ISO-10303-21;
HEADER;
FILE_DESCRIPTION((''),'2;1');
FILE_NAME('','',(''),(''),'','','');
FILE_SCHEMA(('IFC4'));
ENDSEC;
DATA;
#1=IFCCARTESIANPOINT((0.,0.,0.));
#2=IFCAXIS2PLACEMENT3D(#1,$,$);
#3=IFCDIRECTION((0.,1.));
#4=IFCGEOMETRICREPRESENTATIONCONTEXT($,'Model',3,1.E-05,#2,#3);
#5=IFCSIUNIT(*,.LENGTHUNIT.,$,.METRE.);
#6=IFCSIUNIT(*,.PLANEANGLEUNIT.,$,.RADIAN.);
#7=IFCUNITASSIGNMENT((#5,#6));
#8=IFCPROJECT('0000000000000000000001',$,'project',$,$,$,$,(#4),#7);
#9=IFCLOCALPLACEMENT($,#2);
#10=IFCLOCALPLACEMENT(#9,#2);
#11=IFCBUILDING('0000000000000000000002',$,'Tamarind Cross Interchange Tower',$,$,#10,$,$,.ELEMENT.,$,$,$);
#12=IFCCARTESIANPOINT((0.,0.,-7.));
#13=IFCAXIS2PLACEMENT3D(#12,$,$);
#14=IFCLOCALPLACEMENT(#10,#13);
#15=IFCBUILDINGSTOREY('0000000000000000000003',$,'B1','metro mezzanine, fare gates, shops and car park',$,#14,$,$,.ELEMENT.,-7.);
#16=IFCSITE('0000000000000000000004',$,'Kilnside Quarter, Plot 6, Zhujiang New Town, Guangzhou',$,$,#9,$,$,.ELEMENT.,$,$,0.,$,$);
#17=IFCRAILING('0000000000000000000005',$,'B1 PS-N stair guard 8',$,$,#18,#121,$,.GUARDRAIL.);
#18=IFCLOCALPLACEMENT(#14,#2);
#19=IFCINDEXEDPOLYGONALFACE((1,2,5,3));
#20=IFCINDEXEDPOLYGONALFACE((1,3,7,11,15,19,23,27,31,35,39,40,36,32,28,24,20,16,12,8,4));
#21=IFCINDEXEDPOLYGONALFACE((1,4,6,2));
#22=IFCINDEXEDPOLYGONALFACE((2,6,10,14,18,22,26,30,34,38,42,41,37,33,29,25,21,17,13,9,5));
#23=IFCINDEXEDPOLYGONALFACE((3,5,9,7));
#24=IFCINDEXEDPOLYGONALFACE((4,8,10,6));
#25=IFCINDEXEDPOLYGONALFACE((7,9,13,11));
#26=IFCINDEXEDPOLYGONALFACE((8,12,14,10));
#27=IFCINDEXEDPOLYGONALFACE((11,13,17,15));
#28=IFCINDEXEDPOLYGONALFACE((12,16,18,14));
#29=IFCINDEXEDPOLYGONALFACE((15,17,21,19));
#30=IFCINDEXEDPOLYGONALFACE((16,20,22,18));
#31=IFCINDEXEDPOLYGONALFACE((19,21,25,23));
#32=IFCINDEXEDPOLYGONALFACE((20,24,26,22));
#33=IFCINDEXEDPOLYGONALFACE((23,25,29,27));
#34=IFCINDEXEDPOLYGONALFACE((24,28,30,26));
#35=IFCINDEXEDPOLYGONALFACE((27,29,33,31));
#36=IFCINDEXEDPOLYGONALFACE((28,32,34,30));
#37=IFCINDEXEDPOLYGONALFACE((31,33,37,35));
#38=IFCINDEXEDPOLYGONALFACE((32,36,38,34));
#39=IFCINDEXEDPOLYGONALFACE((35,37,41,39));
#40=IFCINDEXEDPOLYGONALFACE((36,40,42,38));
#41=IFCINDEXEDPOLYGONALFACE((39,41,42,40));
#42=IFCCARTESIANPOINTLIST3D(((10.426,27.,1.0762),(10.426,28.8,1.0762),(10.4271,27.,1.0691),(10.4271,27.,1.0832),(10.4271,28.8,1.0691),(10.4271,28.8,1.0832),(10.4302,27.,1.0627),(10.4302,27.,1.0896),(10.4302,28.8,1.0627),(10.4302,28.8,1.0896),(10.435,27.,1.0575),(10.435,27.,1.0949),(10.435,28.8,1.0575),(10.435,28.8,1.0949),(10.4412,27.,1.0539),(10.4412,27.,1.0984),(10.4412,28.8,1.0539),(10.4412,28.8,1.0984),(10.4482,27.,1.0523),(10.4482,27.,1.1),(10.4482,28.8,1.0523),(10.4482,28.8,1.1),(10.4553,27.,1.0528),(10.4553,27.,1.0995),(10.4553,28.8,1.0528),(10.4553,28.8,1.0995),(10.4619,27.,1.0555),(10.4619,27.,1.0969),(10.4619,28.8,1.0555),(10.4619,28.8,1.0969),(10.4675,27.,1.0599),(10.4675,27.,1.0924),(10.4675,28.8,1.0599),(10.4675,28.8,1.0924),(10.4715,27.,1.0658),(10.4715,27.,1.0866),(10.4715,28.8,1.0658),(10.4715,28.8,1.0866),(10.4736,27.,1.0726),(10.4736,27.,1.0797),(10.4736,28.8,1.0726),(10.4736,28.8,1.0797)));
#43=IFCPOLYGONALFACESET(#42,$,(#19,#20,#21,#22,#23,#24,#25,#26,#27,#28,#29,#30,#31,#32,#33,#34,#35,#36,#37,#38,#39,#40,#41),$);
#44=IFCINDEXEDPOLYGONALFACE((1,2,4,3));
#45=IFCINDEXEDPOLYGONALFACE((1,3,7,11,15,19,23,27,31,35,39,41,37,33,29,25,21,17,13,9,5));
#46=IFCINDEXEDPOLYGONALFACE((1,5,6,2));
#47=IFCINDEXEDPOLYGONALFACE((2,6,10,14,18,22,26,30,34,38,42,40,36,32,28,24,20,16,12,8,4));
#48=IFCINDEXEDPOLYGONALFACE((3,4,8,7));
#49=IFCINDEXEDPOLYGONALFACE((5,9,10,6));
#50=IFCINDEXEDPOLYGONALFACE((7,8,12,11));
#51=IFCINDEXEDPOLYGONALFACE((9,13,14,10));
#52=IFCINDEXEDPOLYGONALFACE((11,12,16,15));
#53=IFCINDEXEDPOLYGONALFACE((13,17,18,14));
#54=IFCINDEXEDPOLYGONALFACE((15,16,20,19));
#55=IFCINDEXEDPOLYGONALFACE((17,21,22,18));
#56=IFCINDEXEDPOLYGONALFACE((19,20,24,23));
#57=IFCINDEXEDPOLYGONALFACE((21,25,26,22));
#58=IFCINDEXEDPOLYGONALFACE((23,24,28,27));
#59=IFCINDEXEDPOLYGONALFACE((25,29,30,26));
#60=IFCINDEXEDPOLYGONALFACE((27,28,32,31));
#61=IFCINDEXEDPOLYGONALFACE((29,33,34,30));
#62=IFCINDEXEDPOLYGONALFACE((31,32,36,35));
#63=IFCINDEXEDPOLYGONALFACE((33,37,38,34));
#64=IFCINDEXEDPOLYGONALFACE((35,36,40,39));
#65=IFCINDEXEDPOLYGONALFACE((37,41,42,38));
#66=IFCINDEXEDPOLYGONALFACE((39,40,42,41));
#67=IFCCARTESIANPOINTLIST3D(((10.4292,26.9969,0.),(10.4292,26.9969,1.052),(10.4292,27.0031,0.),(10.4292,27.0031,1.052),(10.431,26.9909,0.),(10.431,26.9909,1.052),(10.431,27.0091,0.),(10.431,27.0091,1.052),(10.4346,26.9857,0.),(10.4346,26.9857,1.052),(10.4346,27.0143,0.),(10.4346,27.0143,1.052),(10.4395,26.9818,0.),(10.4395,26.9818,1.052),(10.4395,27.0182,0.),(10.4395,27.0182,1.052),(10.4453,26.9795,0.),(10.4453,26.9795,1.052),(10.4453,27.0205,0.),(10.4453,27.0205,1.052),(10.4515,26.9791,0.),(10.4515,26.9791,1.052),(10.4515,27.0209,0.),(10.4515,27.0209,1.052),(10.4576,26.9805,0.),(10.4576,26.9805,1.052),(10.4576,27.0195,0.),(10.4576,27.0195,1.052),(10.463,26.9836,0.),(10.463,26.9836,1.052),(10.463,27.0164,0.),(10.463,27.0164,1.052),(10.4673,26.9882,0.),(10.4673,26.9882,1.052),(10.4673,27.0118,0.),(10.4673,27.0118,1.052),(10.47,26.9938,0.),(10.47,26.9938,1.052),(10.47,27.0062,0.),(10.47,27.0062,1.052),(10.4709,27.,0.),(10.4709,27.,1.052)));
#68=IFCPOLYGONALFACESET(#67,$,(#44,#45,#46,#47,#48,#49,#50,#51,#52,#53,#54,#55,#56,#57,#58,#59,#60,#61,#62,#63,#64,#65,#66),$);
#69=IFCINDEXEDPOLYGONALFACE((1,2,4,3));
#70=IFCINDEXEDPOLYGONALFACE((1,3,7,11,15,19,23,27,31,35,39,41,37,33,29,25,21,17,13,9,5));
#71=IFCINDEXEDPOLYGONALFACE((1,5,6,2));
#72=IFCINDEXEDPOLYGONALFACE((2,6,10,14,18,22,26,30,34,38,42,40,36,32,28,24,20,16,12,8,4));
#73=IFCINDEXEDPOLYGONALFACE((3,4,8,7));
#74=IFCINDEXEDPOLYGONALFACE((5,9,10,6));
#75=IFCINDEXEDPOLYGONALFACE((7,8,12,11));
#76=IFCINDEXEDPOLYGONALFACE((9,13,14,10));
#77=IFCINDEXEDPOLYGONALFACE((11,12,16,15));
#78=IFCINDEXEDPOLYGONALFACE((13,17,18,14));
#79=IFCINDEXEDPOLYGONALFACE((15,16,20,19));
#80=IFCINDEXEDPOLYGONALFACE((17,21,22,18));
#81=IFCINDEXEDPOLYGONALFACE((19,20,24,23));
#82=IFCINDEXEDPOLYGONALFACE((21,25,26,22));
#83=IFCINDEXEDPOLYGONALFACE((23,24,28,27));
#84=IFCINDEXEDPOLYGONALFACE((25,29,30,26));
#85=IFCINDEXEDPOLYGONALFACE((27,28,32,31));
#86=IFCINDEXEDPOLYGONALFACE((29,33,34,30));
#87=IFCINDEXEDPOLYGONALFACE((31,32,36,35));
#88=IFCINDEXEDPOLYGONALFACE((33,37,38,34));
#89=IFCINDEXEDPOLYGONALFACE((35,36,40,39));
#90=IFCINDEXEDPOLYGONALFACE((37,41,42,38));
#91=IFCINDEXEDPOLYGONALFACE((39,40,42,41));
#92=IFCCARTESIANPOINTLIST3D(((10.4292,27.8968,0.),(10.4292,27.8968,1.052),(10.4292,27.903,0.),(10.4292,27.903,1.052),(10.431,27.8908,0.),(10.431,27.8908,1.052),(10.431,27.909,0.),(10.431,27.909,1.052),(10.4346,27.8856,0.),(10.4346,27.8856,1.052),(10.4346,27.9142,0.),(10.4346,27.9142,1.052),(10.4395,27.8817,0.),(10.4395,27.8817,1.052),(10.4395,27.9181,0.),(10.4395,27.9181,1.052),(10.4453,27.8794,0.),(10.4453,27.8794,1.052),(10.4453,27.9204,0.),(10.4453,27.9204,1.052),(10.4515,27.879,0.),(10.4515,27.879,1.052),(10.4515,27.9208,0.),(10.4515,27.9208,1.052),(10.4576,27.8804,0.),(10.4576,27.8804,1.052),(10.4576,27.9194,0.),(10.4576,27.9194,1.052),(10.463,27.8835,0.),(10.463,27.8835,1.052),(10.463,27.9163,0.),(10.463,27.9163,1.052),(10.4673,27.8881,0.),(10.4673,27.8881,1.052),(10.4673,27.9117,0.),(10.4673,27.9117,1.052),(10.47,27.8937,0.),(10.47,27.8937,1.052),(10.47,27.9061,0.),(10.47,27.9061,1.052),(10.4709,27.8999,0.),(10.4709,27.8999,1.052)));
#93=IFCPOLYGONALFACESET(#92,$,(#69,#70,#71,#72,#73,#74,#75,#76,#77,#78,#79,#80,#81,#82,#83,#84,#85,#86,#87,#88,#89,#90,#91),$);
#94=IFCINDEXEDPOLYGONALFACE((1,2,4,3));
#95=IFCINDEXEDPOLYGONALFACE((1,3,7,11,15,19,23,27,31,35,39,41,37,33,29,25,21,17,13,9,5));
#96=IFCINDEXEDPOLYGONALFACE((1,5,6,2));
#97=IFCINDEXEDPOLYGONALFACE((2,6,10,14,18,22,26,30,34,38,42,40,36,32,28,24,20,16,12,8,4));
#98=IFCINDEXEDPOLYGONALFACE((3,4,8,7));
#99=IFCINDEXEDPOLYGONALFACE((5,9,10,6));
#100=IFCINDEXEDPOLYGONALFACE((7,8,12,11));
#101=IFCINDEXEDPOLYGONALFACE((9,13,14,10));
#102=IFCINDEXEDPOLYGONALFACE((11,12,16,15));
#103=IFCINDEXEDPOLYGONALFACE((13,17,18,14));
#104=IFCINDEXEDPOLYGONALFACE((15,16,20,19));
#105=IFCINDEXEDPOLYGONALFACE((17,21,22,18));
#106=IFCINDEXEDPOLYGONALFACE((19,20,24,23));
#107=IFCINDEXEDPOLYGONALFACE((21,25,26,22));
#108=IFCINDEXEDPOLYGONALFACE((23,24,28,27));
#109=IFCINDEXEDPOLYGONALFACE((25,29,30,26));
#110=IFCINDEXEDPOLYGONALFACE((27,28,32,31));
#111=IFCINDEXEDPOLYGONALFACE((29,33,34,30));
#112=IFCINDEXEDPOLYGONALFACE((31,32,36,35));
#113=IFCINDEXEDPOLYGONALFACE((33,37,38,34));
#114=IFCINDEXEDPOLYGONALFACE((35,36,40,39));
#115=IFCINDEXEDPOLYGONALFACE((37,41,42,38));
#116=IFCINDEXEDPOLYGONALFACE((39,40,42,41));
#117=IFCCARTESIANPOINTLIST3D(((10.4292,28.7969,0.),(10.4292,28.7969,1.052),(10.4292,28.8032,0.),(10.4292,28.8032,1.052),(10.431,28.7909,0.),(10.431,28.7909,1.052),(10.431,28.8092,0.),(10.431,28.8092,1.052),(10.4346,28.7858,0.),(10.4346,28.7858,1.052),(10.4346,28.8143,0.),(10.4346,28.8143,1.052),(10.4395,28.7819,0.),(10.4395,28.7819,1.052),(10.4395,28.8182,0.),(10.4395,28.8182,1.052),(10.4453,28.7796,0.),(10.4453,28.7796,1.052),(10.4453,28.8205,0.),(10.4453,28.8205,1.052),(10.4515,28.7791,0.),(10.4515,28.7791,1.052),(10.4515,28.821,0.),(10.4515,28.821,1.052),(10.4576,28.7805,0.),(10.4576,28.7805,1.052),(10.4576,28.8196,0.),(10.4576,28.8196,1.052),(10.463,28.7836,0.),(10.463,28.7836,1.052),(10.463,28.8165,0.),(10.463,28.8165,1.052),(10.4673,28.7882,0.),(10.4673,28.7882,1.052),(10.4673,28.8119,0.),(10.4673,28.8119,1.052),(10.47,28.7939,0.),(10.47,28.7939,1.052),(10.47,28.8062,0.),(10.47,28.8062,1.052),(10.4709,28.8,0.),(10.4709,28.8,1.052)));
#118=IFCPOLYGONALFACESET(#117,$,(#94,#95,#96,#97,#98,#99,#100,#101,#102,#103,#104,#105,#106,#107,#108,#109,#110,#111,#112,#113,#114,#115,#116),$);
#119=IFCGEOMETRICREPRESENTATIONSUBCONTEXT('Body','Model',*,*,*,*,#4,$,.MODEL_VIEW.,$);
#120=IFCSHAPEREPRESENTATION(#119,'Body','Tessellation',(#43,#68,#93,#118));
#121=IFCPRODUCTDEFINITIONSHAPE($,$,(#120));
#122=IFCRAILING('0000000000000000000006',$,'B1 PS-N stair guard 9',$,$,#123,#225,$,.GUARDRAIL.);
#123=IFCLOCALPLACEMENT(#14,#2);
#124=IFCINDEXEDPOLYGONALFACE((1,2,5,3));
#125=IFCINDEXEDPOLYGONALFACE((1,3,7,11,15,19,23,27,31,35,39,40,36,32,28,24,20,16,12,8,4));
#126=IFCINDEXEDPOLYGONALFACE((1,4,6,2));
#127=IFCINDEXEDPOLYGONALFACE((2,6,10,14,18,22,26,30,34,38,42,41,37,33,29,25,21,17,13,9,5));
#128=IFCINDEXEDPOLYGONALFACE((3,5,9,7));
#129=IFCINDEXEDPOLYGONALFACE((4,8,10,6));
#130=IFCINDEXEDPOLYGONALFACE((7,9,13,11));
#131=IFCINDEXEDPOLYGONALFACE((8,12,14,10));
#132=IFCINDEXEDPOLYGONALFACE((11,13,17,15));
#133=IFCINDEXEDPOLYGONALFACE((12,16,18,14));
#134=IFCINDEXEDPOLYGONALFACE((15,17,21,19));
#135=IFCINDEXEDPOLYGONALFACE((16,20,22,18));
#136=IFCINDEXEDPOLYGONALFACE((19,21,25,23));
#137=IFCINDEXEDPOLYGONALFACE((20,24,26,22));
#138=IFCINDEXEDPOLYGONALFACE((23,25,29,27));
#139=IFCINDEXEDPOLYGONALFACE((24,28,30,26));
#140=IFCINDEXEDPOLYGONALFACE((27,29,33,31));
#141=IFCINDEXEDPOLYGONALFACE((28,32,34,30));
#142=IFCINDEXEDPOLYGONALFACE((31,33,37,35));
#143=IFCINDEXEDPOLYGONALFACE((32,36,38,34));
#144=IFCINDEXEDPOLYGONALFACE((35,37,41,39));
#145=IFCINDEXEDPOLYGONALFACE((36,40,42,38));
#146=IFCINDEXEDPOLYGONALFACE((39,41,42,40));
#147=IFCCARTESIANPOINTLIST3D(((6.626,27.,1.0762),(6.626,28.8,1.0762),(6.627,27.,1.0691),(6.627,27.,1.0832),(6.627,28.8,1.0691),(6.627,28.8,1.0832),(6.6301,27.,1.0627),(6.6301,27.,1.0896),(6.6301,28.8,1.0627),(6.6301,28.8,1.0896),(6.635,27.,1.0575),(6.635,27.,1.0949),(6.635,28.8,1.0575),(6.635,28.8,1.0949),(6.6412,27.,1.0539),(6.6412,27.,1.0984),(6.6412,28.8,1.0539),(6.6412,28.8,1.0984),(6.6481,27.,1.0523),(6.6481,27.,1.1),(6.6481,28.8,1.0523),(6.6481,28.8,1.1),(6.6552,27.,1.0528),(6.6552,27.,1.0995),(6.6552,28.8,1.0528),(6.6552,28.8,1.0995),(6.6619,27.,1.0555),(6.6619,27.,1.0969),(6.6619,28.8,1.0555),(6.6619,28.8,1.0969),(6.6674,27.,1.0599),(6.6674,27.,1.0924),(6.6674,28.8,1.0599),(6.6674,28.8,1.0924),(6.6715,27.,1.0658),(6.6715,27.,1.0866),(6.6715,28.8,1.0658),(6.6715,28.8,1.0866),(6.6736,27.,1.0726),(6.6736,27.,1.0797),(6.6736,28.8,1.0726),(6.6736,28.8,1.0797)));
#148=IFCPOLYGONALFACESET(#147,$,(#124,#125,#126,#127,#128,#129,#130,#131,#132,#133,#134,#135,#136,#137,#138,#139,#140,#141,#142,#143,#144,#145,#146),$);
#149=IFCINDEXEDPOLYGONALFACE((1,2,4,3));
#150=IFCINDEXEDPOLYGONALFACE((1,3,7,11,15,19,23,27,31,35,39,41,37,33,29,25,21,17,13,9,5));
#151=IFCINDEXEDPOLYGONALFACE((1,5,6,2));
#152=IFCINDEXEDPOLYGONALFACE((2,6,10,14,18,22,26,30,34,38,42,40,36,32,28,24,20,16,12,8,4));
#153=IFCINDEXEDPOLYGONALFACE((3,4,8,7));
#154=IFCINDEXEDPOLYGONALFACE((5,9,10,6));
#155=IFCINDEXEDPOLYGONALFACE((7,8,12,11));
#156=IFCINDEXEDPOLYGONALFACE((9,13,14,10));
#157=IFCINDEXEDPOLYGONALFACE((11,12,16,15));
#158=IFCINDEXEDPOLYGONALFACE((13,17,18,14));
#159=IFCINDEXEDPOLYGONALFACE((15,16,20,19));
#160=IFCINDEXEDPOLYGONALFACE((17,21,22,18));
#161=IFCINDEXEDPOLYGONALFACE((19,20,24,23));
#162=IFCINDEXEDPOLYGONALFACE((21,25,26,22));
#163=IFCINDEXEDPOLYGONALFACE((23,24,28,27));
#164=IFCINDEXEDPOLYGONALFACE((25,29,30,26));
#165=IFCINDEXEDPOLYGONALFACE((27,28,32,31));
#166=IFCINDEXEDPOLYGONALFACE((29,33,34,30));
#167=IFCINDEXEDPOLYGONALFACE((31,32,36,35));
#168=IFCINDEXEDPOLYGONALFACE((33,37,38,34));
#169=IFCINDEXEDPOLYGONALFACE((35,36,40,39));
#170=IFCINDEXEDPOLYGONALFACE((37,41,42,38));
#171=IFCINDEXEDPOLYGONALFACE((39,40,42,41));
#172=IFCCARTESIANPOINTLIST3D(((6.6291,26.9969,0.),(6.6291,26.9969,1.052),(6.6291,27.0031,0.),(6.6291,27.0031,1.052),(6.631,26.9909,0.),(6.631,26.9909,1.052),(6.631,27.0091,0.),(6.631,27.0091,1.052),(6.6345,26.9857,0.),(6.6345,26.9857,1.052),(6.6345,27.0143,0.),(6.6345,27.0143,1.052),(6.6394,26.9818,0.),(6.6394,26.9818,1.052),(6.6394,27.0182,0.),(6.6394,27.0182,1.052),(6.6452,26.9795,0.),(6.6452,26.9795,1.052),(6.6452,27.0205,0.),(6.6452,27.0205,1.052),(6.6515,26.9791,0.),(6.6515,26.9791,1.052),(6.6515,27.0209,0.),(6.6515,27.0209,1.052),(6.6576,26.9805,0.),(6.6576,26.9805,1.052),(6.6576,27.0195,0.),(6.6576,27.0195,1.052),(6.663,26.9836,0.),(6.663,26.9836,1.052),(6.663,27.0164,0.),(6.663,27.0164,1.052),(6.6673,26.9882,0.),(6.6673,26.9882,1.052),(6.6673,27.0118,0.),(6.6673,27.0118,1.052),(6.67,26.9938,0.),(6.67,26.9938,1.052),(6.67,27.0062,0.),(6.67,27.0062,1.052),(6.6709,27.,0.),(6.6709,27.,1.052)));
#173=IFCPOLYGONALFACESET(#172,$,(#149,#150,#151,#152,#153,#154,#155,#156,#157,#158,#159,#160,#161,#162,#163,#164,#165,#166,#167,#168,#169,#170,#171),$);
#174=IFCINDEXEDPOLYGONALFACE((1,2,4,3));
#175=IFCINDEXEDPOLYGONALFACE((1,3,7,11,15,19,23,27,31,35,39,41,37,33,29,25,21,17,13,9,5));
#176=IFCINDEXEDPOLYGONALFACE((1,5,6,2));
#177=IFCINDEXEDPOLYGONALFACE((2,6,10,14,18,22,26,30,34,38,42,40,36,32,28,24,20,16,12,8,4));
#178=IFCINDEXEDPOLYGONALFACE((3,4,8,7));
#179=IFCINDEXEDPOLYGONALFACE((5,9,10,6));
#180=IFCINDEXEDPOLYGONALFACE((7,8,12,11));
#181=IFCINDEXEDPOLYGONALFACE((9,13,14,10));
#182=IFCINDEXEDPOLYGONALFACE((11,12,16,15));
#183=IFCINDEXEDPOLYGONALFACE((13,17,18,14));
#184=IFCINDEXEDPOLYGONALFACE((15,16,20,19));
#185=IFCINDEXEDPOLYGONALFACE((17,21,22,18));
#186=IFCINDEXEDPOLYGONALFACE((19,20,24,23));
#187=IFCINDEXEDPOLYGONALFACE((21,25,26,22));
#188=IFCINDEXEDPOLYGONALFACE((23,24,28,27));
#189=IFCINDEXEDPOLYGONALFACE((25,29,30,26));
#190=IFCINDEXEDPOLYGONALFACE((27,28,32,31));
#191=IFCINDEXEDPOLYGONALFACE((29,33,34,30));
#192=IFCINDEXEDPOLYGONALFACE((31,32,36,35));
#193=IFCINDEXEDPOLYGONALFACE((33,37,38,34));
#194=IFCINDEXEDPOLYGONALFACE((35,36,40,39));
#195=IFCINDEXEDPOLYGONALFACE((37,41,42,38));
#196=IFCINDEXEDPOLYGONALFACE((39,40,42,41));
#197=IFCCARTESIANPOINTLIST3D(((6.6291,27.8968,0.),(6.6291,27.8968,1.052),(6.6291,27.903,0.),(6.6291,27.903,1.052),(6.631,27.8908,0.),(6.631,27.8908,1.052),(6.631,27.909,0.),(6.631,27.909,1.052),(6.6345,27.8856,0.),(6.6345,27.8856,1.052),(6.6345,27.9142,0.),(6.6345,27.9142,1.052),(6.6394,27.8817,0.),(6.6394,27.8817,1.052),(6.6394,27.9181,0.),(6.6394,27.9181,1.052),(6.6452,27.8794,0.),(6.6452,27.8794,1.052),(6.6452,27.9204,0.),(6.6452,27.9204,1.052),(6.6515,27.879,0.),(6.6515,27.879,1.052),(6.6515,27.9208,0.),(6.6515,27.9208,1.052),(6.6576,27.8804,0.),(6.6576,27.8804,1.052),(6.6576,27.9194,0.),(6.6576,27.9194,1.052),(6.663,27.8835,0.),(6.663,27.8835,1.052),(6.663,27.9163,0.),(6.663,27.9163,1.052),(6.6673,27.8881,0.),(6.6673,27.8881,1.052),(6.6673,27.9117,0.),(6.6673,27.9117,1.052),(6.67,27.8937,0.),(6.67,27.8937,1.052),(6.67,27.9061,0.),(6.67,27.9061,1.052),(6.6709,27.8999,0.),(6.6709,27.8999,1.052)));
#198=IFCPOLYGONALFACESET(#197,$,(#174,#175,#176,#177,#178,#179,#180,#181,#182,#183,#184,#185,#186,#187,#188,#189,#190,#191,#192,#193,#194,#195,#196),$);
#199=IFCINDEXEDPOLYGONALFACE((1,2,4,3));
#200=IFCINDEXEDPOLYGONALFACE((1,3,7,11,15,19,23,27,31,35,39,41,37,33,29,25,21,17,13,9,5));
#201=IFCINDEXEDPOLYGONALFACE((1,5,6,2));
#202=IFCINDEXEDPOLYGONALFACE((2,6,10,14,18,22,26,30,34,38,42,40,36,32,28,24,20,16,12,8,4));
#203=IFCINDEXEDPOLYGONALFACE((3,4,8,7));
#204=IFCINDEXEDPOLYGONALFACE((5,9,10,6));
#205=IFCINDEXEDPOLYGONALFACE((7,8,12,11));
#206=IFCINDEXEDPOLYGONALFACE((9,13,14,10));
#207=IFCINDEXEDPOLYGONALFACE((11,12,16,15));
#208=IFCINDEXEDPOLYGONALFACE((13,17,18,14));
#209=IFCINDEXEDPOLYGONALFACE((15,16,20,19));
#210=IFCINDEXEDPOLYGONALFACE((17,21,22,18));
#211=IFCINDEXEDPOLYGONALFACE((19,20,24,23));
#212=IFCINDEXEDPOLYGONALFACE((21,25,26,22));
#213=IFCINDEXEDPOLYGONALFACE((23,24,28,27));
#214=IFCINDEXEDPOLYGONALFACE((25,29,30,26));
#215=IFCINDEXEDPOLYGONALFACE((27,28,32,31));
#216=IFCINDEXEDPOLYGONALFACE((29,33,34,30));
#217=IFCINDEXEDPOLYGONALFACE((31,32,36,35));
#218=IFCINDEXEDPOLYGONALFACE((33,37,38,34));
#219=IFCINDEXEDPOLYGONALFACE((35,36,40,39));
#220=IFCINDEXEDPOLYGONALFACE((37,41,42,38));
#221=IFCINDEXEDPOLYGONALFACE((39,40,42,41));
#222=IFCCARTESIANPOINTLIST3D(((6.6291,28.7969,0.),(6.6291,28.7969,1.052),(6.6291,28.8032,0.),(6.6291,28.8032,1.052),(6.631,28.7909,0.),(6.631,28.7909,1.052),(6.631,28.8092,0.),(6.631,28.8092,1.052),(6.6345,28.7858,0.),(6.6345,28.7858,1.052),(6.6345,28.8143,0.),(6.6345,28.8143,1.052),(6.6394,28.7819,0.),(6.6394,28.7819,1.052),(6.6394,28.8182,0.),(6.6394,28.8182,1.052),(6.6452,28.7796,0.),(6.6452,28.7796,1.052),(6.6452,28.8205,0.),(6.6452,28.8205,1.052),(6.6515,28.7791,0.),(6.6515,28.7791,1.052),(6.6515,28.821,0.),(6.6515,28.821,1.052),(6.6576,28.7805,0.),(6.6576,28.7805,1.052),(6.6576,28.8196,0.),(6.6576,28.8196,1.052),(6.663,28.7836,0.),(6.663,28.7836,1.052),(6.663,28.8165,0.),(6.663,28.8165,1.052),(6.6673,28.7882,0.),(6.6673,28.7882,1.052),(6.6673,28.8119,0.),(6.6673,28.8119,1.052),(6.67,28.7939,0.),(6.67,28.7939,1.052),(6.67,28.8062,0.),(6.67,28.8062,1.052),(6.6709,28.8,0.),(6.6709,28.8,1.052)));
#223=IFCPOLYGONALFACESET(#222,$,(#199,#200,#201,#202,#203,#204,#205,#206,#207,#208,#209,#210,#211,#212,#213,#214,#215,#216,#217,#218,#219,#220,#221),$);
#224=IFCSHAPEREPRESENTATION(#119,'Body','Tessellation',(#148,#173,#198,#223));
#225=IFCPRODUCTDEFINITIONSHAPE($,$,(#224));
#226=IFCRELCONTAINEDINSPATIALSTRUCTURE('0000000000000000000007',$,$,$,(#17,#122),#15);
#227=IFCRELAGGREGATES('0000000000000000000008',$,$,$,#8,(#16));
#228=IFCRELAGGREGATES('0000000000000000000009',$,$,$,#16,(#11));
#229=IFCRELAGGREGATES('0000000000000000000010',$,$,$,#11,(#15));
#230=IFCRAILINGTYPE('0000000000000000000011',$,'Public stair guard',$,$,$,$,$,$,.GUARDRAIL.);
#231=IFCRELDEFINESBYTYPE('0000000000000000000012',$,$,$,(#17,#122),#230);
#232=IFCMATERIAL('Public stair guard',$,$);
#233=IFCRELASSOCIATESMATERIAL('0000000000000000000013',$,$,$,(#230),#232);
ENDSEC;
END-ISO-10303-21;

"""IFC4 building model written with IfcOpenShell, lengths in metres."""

from ifc_helpers import new_model, si_unit, direction, frame, origin, origin_2d, place, context, subcontext, project, spatial, circle, extrude, material, type_object, element, save


model = new_model("IFC4")

# Units and contexts
model_context = context("Model", 3, precision=1e-05, world=origin(), true_north=direction((0.0, 1.0)))
body_context = subcontext(model_context, "Body", "Model", "MODEL_VIEW")
ifc_project = project(units=[si_unit("LENGTHUNIT", "METRE"), si_unit("PLANEANGLEUNIT", "RADIAN")], contexts=[model_context])

# Site, building, storey
site_placement = place(None, origin())
site = spatial("IfcSite", under=ifc_project, at=site_placement, Name="Kilnside Quarter, Plot 6, Zhujiang New Town, Guangzhou", CompositionType="ELEMENT", RefElevation=0.0)
building_placement = place(site_placement, origin())
building = spatial("IfcBuilding", under=site, at=building_placement, Name="Tamarind Cross Interchange Tower", CompositionType="ELEMENT")
storey_placement = place(building_placement, frame((0.0, 0.0, -7.0)))
storey = spatial("IfcBuildingStorey", under=building, at=storey_placement, Name="B1", Description="metro mezzanine, fare gates, shops and car park", CompositionType="ELEMENT", Elevation=-7.0)

# Railings
ifc_material_1 = material(Name="Public stair guard")
railing_type = type_object("IfcRailingType", Name="Public stair guard", PredefinedType="GUARDRAIL", material=ifc_material_1)
for number, where, name in (
    (1, (10.45, 27.0, 0.0), "B1 PS-N stair guard 8"),
    (2, (6.6499, 27.0, 0.0), "B1 PS-N stair guard 9"),
):
    element("IfcRailing", number, at=place(storey_placement, frame(where)), inside=storey, type_object=railing_type, Name=name, PredefinedType="GUARDRAIL", context=body_context, shape_type="SweptSolid", body=[
        extrude(circle(Radius=0.0239, at=origin_2d()), frame((0.0, 0.0, 1.0762), z_axis=(0.0, 1.0, 0.0), x_axis=(-1.0, 0.0, 0.0)), (0.0, 0.0, 1.0), 1.8),
        extrude(circle(Radius=0.021, at=origin_2d()), origin(), (0.0, 0.0, 1.0), 1.052),
        extrude(circle(Radius=0.021, at=origin_2d()), frame((0.0, 0.8999, 0.0)), (0.0, 0.0, 1.0), 1.052),
        extrude(circle(Radius=0.021, at=origin_2d()), frame((0.0, 1.8, 0.0)), (0.0, 0.0, 1.0), 1.052),
    ])

save(model, "model.ifc")
